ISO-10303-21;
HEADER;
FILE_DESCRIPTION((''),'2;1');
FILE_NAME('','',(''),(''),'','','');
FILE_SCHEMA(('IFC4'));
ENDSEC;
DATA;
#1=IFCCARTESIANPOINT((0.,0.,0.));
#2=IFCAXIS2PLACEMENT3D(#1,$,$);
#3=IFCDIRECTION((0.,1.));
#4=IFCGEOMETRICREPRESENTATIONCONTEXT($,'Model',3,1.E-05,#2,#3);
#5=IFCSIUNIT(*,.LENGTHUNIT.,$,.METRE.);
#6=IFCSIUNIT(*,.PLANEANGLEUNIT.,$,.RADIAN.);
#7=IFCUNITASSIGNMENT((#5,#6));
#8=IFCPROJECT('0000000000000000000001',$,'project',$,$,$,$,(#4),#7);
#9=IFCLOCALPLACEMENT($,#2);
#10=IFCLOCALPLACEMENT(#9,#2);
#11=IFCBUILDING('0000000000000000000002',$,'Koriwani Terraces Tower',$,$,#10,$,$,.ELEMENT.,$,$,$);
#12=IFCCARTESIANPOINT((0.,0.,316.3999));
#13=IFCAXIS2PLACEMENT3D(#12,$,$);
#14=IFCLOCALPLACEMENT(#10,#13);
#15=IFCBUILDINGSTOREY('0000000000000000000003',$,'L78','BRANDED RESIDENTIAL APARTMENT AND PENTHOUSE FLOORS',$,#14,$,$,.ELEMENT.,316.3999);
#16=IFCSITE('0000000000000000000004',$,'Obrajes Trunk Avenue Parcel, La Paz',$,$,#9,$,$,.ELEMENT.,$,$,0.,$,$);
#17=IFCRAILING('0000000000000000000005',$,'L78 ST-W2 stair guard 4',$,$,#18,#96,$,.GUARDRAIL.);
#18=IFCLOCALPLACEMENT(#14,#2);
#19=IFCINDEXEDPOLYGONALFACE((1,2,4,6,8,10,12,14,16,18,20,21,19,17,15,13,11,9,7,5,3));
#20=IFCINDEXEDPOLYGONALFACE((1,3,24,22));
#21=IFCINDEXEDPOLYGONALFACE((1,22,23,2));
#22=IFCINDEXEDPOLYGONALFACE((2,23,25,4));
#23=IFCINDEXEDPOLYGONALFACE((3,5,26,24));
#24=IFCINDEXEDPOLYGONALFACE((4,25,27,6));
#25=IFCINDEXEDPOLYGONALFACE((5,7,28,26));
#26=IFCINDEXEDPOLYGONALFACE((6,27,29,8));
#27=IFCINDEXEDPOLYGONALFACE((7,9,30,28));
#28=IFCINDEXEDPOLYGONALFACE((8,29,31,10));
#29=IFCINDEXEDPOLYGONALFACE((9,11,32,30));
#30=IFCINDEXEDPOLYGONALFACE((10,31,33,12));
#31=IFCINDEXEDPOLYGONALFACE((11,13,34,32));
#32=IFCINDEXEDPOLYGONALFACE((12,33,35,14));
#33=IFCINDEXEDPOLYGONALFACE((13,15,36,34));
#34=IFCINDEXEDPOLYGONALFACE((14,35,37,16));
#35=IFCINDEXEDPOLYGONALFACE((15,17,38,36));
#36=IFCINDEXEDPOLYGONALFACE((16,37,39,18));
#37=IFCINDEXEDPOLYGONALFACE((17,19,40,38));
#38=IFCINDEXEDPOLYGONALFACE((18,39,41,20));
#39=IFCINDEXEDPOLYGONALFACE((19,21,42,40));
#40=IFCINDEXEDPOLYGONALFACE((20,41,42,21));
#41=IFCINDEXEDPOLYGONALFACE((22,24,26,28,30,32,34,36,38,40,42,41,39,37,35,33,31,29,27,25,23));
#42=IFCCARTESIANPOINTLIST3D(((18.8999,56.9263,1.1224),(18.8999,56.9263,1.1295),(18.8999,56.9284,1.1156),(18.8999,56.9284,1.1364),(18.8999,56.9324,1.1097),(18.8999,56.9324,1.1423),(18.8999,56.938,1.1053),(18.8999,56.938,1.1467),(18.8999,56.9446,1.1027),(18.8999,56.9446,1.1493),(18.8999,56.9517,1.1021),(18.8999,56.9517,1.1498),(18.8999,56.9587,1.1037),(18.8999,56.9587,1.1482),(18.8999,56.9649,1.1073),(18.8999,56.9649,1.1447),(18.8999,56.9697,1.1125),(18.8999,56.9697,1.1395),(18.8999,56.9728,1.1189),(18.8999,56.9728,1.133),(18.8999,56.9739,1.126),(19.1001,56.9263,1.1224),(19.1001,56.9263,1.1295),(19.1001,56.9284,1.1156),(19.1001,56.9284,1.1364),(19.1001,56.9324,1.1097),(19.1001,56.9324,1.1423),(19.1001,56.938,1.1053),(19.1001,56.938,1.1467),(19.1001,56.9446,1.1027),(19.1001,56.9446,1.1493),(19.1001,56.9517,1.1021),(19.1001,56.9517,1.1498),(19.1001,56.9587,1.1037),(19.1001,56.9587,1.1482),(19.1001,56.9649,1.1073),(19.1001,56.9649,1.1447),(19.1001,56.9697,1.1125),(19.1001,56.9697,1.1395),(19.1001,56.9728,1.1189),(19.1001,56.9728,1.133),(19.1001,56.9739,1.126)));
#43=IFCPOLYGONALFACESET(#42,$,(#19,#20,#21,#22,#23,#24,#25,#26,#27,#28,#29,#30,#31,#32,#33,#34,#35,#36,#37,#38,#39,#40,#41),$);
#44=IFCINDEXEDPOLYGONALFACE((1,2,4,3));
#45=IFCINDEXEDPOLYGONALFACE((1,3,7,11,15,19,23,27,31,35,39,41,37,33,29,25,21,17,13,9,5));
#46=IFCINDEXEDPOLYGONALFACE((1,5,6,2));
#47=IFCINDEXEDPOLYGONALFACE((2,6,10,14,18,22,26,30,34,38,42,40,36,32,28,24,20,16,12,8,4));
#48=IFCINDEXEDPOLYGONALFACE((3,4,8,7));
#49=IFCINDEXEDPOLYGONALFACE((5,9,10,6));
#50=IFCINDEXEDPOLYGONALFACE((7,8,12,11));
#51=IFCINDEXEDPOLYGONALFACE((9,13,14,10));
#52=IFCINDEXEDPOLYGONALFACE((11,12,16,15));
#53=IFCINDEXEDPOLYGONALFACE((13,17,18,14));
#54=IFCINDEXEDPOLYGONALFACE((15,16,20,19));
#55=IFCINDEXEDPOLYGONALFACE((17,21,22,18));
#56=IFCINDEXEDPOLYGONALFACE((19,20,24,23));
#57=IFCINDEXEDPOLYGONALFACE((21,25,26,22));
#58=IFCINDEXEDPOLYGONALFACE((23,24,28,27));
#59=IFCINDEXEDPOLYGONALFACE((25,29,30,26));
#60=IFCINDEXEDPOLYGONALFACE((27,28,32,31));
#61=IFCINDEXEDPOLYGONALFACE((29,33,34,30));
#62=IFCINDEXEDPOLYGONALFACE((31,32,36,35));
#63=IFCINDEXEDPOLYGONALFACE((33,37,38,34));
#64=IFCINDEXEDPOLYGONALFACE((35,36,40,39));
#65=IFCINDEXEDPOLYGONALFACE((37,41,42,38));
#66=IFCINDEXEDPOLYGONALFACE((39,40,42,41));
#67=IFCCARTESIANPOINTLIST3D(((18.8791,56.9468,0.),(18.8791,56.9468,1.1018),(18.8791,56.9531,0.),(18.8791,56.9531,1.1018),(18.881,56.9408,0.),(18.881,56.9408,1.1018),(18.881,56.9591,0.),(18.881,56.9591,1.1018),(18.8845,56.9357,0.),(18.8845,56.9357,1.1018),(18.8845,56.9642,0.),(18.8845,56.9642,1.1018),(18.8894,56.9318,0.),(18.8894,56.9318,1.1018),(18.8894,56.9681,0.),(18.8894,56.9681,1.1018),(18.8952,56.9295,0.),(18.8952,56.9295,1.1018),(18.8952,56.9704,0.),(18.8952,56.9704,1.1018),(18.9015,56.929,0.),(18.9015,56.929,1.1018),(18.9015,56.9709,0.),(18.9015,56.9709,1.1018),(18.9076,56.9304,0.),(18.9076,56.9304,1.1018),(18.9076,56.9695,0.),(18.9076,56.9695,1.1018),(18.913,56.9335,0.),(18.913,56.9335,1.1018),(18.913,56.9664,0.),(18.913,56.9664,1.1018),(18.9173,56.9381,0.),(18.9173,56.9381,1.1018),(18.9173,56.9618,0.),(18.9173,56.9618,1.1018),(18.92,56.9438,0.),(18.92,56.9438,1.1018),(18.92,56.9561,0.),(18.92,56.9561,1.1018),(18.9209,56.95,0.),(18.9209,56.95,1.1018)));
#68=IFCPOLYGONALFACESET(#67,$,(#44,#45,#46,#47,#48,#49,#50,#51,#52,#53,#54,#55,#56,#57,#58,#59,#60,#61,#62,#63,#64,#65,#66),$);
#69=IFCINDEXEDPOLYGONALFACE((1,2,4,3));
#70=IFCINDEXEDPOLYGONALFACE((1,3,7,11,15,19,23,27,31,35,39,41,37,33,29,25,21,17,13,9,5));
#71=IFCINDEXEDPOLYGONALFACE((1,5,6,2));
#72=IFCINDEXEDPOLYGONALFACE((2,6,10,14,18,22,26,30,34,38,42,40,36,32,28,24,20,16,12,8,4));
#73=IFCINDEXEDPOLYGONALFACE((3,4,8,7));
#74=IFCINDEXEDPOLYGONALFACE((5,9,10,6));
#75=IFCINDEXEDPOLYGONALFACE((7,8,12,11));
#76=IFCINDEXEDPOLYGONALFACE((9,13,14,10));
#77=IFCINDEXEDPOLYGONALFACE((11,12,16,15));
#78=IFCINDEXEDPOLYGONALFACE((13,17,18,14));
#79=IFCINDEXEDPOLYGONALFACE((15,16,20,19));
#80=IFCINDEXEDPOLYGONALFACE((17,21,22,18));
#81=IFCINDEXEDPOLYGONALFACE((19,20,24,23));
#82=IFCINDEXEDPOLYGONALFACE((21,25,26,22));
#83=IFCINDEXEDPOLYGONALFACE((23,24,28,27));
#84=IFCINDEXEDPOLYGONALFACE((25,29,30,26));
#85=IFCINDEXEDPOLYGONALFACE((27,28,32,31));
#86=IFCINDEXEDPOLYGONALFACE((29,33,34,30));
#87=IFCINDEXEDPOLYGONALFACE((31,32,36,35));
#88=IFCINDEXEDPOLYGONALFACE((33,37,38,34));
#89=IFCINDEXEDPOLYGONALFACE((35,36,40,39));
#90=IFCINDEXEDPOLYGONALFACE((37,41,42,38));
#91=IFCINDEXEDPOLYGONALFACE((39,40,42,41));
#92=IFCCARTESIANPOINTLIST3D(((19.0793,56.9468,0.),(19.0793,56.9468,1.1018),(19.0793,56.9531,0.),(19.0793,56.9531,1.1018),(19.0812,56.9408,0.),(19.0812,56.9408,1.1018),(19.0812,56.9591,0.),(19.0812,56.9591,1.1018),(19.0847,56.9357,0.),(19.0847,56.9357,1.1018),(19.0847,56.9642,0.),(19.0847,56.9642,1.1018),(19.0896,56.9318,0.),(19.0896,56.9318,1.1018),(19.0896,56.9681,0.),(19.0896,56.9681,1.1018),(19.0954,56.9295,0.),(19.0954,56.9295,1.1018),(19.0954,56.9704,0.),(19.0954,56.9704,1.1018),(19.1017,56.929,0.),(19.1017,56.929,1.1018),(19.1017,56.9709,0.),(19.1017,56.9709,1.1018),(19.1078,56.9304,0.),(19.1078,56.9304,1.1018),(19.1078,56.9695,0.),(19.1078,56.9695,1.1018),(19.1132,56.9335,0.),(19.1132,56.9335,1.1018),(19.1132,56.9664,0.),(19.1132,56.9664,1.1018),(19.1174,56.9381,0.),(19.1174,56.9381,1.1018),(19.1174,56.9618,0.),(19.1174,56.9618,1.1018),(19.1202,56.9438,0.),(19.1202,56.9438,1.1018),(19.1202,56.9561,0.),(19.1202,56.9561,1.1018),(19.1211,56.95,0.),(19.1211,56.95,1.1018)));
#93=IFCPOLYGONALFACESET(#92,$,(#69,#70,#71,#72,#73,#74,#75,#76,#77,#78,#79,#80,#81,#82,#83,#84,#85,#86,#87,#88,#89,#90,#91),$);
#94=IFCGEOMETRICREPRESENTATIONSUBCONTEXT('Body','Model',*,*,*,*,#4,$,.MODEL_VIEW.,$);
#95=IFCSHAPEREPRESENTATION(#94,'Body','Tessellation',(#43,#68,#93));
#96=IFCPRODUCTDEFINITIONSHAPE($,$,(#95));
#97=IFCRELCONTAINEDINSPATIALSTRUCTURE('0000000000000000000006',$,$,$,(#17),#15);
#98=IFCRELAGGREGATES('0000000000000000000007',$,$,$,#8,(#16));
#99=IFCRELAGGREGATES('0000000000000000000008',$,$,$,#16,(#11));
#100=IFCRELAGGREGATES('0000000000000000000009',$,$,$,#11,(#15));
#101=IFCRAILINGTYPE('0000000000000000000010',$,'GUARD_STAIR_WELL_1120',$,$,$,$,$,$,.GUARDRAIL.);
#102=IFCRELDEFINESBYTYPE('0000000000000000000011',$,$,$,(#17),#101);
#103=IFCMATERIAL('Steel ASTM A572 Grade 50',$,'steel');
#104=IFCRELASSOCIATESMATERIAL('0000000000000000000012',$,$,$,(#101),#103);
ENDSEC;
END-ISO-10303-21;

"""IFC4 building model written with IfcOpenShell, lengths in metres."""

from ifc_helpers import new_model, si_unit, direction, frame, origin, origin_2d, place, context, subcontext, project, spatial, circle, extrude, material, type_object, element, save


model = new_model("IFC4")

# Units and contexts
model_context = context("Model", 3, precision=1e-05, world=origin(), true_north=direction((0.0, 1.0)))
body_context = subcontext(model_context, "Body", "Model", "MODEL_VIEW")
ifc_project = project(units=[si_unit("LENGTHUNIT", "METRE"), si_unit("PLANEANGLEUNIT", "RADIAN")], contexts=[model_context])

# Site, building, storey
site_placement = place(None, origin())
site = spatial("IfcSite", under=ifc_project, at=site_placement, Name="Obrajes Trunk Avenue Parcel, La Paz", CompositionType="ELEMENT", RefElevation=0.0)
building_placement = place(site_placement, origin())
building = spatial("IfcBuilding", under=site, at=building_placement, Name="Koriwani Terraces Tower", CompositionType="ELEMENT")
storey_placement = place(building_placement, frame((0.0, 0.0, 316.3999)))
storey = spatial("IfcBuildingStorey", under=building, at=storey_placement, Name="L78", Description="BRANDED RESIDENTIAL APARTMENT AND PENTHOUSE FLOORS", CompositionType="ELEMENT", Elevation=316.3999)

# Shared definitions
ifc_material_1 = material(Name="Steel ASTM A572 Grade 50", Category="steel")

# Railing
railing_type_1 = type_object("IfcRailingType", Name="GUARD_STAIR_WELL_1120", PredefinedType="GUARDRAIL", material=ifc_material_1)
railing_1_placement = place(storey_placement, frame((18.8999, 56.95, 0.0)))
element("IfcRailing", 1, at=railing_1_placement, inside=storey, type_object=railing_type_1, Name="L78 ST-W2 stair guard 4", PredefinedType="GUARDRAIL", context=body_context, shape_type="SweptSolid", body=[
    extrude(circle(Radius=0.0239, at=origin_2d()), frame((0.0, 0.0, 1.126), z_axis=(1.0, 0.0, 0.0), x_axis=(0.0, 1.0, 0.0)), (0.0, 0.0, 1.0), 0.2002),
    extrude(circle(Radius=0.021, at=origin_2d()), origin(), (0.0, 0.0, 1.0), 1.1018),
    extrude(circle(Radius=0.021, at=origin_2d()), frame((0.2002, 0.0, 0.0)), (0.0, 0.0, 1.0), 1.1018),
])

save(model, "model.ifc")
